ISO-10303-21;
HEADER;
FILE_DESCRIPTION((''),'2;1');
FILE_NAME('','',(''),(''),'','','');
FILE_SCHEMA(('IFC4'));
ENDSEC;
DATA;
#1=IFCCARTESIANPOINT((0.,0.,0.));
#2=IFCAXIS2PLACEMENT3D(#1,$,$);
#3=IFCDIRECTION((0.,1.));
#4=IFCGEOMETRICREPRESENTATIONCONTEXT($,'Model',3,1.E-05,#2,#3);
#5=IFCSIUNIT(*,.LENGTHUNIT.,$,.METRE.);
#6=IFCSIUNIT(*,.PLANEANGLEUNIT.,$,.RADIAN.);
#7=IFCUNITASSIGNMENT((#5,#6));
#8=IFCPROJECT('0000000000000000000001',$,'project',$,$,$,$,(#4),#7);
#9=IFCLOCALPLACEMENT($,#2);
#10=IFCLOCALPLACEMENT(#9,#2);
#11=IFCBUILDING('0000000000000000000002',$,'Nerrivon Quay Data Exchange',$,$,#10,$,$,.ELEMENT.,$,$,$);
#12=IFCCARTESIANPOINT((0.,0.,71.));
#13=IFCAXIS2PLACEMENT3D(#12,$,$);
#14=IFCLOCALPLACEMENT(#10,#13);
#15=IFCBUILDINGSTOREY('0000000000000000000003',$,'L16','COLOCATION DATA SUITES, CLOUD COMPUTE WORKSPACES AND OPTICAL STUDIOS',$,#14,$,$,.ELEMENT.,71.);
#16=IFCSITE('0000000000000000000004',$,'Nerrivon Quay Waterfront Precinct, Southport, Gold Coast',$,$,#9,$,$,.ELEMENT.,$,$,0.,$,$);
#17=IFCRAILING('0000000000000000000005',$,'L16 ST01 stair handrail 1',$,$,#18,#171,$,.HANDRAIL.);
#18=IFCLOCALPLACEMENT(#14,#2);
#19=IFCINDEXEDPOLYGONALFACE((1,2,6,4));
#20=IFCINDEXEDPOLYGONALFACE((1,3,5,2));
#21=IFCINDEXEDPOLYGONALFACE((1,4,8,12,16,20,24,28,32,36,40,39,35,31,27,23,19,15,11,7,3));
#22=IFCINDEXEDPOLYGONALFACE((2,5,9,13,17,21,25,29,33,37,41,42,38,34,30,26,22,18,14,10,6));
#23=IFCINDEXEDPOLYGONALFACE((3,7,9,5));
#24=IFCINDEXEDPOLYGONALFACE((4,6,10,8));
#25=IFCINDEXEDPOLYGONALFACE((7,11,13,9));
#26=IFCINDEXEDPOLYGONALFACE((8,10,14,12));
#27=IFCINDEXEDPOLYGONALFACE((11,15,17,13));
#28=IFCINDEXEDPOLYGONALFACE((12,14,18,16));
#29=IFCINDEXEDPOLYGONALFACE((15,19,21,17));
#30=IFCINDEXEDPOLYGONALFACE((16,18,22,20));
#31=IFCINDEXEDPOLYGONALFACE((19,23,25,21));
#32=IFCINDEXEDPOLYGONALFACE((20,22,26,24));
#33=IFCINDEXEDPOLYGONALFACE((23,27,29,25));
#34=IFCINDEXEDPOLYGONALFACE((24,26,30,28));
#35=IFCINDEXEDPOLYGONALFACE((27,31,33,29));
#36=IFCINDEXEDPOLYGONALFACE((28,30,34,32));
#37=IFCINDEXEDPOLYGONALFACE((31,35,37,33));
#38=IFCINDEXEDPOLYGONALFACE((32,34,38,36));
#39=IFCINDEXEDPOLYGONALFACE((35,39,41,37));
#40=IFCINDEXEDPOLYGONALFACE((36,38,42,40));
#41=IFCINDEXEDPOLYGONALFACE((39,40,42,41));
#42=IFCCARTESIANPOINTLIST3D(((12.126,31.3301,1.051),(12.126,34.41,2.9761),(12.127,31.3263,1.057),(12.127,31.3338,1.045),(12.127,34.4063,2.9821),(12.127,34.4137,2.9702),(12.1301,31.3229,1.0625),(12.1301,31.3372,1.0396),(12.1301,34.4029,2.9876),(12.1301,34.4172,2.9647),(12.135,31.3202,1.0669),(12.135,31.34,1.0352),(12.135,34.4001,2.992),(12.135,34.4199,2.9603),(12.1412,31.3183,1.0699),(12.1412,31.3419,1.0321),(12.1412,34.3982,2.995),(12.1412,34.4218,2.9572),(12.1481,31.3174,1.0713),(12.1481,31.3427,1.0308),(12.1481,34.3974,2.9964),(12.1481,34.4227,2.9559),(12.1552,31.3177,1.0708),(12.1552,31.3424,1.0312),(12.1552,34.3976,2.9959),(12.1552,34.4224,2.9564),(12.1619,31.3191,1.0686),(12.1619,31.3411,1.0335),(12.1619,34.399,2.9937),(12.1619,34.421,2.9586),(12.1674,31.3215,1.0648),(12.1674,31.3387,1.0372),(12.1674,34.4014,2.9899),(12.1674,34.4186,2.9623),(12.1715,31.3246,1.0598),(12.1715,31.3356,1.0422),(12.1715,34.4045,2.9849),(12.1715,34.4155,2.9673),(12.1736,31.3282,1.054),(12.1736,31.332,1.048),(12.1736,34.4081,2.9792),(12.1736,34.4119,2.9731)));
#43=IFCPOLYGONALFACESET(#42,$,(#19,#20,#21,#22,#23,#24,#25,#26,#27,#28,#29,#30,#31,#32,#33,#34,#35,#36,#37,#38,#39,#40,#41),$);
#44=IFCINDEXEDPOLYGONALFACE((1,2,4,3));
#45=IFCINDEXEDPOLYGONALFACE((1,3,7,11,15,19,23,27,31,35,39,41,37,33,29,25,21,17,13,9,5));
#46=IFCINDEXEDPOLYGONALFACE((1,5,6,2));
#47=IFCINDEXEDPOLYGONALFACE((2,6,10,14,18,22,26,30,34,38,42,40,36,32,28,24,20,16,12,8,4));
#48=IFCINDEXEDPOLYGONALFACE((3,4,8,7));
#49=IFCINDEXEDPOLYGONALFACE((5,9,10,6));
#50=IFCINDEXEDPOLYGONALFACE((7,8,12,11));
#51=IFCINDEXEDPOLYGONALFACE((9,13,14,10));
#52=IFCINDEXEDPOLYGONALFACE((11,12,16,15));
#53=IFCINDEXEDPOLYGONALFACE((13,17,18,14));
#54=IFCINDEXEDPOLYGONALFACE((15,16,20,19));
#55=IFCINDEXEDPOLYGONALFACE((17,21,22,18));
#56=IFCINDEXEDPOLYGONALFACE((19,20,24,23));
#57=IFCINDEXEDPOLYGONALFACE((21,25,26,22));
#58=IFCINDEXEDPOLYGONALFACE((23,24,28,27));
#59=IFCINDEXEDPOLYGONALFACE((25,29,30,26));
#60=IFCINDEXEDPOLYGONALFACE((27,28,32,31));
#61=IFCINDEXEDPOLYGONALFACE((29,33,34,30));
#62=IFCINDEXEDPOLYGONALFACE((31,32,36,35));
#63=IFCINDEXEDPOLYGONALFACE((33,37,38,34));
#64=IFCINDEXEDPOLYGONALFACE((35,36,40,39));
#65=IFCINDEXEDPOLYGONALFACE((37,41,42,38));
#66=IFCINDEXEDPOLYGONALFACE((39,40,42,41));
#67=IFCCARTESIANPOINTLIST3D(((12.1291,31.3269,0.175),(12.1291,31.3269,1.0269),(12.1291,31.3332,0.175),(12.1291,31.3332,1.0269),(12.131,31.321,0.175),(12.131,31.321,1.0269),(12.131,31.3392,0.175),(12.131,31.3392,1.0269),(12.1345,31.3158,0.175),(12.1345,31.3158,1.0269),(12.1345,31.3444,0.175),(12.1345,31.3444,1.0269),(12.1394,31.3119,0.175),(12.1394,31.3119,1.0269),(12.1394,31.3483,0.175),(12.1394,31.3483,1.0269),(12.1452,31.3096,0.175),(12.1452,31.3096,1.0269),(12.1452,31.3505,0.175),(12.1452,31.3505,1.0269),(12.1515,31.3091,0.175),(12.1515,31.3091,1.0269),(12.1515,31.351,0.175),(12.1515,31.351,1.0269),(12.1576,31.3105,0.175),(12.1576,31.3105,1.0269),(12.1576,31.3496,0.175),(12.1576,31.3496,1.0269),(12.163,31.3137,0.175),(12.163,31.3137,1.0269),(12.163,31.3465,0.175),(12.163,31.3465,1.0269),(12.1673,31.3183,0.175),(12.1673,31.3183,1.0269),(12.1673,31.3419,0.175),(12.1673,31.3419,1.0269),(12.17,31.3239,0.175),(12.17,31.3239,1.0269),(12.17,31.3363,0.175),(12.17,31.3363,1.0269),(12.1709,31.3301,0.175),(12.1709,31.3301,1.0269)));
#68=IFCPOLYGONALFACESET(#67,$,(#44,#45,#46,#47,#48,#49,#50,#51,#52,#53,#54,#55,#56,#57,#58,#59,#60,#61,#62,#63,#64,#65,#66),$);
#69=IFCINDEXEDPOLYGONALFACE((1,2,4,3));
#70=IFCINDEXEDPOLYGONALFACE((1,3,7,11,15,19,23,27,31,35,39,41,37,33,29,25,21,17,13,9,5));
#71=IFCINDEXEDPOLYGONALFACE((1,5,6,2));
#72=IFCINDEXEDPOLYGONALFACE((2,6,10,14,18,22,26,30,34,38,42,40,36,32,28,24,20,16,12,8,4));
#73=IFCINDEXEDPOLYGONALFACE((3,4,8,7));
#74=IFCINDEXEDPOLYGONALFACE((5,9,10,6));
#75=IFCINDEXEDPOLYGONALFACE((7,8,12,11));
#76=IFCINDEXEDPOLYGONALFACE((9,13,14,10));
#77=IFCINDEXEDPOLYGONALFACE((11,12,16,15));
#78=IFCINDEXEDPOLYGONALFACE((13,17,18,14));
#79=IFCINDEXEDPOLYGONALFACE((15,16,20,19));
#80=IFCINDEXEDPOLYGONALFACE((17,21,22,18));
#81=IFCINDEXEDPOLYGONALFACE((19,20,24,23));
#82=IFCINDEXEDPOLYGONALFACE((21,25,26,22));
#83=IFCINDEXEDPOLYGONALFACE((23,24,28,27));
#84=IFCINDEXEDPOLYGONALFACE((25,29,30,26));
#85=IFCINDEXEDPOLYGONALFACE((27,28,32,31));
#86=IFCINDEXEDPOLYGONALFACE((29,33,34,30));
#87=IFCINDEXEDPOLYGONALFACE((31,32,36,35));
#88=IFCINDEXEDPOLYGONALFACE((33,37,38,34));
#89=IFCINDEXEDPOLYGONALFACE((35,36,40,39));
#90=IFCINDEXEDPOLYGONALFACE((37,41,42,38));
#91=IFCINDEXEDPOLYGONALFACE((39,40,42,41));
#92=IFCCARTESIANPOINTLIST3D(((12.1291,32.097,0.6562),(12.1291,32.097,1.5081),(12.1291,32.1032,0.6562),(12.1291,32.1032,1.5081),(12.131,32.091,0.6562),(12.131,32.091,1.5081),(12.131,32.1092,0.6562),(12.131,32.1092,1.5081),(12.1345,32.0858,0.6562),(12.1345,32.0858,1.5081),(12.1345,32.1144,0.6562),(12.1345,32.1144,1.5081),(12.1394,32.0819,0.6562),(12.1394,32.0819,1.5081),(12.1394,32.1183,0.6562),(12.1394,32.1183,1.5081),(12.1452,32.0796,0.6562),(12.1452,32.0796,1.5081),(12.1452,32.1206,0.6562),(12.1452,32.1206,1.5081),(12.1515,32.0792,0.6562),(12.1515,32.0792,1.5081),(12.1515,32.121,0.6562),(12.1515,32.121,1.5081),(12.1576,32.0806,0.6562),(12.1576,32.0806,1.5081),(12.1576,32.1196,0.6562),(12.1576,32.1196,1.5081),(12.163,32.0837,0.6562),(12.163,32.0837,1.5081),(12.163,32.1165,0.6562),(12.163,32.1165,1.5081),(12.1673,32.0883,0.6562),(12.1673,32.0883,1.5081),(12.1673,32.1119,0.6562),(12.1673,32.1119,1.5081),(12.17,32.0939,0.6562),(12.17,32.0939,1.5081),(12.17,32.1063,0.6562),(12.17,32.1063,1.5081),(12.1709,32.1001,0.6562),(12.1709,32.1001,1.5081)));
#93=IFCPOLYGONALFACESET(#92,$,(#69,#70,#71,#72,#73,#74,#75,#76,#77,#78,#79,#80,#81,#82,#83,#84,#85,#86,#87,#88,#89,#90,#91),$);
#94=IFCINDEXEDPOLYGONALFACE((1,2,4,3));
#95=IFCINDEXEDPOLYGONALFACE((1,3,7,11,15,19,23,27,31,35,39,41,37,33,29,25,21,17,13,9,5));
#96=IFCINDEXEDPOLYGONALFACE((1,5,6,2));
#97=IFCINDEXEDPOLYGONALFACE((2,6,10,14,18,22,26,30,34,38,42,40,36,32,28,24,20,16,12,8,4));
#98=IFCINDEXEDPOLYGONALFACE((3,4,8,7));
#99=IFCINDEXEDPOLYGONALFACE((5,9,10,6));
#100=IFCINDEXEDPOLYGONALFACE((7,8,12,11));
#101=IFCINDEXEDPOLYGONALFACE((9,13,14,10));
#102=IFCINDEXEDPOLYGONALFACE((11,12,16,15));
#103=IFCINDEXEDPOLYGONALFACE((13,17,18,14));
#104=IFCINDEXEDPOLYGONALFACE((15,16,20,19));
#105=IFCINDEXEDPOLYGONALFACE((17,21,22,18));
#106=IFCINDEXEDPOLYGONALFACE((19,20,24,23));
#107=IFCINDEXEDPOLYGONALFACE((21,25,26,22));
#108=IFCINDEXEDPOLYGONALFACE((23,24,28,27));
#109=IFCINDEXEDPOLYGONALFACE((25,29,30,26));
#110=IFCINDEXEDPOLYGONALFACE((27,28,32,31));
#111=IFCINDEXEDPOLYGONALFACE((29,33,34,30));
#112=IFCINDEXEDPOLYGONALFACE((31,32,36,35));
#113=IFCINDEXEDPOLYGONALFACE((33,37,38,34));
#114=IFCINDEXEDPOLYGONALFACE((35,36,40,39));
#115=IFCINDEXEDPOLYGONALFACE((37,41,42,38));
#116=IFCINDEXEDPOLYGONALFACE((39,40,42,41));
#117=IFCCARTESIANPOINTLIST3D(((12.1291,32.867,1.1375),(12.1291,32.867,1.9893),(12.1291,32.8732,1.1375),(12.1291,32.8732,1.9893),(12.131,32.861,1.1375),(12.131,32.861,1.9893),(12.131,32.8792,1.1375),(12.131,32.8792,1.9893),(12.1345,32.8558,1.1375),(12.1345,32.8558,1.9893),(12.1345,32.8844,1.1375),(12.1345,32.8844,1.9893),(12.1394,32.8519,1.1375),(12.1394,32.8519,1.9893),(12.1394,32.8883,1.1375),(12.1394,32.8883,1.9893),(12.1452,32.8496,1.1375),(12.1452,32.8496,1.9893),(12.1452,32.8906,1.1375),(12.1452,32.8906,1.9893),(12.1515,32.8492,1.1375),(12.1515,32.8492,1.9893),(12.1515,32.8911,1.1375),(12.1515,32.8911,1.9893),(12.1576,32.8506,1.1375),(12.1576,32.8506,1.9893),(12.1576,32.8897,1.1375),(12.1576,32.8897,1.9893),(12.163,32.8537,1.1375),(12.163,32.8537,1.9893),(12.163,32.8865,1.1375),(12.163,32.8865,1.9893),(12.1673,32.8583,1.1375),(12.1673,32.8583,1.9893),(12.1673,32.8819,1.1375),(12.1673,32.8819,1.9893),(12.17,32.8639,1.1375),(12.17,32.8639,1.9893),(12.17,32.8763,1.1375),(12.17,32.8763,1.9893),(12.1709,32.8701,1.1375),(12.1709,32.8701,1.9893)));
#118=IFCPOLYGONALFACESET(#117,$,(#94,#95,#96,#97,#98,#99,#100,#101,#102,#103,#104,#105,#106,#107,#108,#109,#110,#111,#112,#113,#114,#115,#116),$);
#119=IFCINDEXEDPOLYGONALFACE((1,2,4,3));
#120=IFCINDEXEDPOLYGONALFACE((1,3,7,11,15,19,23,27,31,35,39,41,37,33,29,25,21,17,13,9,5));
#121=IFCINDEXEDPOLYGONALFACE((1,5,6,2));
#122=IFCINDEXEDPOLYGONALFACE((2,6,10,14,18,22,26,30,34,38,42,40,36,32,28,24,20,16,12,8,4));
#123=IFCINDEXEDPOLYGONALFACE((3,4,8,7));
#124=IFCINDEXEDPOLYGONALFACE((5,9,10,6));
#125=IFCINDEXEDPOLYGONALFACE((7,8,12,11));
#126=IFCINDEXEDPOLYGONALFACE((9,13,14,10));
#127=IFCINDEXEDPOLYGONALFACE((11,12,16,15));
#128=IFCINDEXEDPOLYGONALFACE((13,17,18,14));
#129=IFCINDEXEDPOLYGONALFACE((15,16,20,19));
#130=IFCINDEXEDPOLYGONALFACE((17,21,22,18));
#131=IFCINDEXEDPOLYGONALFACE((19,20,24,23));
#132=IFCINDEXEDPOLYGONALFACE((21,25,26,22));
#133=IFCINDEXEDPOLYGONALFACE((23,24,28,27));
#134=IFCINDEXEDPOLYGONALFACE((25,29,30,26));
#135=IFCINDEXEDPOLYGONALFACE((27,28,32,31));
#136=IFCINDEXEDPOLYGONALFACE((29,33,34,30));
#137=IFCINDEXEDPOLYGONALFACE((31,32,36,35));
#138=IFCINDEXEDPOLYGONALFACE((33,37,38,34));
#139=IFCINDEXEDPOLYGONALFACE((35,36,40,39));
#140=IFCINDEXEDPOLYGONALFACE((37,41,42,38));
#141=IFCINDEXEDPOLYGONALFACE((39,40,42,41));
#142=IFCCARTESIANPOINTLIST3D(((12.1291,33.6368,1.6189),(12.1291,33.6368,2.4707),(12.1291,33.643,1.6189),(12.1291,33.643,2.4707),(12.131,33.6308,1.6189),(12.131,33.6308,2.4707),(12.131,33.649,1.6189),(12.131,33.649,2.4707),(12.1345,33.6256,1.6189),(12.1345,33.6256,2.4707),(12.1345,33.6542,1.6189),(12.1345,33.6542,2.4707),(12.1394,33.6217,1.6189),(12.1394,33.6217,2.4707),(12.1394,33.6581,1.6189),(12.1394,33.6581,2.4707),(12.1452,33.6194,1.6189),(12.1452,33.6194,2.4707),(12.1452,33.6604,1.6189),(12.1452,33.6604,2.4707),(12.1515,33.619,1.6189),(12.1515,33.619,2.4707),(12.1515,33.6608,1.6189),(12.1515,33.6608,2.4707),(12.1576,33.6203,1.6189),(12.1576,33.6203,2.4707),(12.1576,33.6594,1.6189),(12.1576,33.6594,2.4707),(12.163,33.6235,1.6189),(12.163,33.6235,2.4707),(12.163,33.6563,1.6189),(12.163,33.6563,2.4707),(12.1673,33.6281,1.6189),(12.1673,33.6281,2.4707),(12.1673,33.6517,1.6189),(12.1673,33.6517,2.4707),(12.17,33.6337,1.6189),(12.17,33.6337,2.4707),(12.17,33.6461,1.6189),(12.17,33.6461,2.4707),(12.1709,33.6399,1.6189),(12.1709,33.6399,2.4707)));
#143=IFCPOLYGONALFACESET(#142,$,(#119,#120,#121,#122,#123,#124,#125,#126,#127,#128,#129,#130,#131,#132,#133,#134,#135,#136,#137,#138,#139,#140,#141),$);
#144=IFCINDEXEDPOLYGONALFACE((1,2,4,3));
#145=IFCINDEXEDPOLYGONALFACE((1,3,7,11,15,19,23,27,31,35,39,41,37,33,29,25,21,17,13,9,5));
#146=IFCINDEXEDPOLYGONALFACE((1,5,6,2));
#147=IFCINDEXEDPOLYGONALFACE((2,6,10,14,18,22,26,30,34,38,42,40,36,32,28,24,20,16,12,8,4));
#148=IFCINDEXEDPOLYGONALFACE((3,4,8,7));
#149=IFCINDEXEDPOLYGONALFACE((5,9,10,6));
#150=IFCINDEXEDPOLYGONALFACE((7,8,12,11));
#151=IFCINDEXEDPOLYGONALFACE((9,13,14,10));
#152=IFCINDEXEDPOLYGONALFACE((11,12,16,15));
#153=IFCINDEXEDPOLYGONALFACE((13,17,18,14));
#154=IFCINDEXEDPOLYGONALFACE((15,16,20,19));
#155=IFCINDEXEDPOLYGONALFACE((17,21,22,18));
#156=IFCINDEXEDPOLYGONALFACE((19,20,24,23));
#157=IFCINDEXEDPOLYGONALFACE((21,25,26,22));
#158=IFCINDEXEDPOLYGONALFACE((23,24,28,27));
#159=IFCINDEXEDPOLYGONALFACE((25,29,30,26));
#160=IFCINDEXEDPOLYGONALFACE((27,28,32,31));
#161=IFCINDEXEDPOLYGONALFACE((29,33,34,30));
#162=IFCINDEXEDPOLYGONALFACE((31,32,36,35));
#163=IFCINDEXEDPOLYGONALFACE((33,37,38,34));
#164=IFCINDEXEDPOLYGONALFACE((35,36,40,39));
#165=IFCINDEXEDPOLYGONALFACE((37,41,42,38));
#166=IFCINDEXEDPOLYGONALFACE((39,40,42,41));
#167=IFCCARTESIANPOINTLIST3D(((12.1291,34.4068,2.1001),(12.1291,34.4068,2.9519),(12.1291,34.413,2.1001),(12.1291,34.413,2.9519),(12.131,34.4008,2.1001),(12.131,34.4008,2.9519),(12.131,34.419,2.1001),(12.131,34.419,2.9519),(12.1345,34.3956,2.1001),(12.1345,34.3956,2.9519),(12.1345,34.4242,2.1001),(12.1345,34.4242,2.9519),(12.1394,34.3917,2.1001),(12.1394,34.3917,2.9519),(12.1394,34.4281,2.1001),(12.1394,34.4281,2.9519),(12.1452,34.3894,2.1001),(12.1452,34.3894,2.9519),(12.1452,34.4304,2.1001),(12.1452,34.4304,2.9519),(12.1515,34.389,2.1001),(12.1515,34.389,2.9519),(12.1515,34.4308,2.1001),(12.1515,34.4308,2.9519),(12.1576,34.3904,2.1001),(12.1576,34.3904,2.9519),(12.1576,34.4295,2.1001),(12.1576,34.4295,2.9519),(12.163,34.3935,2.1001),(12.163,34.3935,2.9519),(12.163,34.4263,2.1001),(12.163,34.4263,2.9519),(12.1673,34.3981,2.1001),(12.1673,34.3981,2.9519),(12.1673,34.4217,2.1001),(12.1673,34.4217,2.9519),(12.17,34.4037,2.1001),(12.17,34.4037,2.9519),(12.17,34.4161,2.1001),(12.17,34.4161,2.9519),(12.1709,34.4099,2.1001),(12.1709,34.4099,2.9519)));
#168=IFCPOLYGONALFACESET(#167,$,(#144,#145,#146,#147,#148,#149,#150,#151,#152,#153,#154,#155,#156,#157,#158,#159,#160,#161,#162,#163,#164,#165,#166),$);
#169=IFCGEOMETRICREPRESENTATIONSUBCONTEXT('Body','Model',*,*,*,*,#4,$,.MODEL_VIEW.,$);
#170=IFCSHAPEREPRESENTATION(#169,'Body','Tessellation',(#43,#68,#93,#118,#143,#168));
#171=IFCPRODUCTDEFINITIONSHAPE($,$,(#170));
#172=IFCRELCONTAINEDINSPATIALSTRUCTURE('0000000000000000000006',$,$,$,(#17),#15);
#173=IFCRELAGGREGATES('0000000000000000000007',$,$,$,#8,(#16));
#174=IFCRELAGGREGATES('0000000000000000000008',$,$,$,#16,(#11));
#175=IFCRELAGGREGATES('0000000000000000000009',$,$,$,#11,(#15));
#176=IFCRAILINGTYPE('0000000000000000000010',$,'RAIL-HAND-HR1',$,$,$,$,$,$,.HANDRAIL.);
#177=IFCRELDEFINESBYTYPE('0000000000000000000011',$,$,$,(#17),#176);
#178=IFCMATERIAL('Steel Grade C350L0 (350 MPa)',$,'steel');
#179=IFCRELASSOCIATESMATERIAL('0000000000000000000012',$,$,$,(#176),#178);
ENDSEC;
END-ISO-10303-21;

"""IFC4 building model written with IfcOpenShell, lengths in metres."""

from ifc_helpers import new_model, si_unit, direction, frame, origin, origin_2d, place, context, subcontext, project, spatial, circle, extrude, material, type_object, element, save


model = new_model("IFC4")

# Units and contexts
model_context = context("Model", 3, precision=1e-05, world=origin(), true_north=direction((0.0, 1.0)))
body_context = subcontext(model_context, "Body", "Model", "MODEL_VIEW")
ifc_project = project(units=[si_unit("LENGTHUNIT", "METRE"), si_unit("PLANEANGLEUNIT", "RADIAN")], contexts=[model_context])

# Site, building, storey
site_placement = place(None, origin())
site = spatial("IfcSite", under=ifc_project, at=site_placement, Name="Nerrivon Quay Waterfront Precinct, Southport, Gold Coast", CompositionType="ELEMENT", RefElevation=0.0)
building_placement = place(site_placement, origin())
building = spatial("IfcBuilding", under=site, at=building_placement, Name="Nerrivon Quay Data Exchange", CompositionType="ELEMENT")
storey_placement = place(building_placement, frame((0.0, 0.0, 71.0)))
storey = spatial("IfcBuildingStorey", under=building, at=storey_placement, Name="L16", Description="COLOCATION DATA SUITES, CLOUD COMPUTE WORKSPACES AND OPTICAL STUDIOS", CompositionType="ELEMENT", Elevation=71.0)

# Railing
ifc_material_1 = material(Name="Steel Grade C350L0 (350 MPa)", Category="steel")
railing_type_1 = type_object("IfcRailingType", Name="RAIL-HAND-HR1", PredefinedType="HANDRAIL", material=ifc_material_1)
railing_1_placement = place(storey_placement, frame((12.1499, 31.3301, 0.175)))
element("IfcRailing", 1, at=railing_1_placement, inside=storey, type_object=railing_type_1, Name="L16 ST01 stair handrail 1", PredefinedType="HANDRAIL", context=body_context, shape_type="SweptSolid", body=[
    extrude(circle(Radius=0.0239, at=origin_2d()), frame((0.0, 0.0, 0.876), z_axis=(0.0, 0.847979, 0.530029), x_axis=(-1.0, 0.0, 0.0)), (0.0, 0.0, 1.0), 3.6321),
    extrude(circle(Radius=0.021, at=origin_2d()), origin(), (0.0, 0.0, 1.0), 0.8518),
    extrude(circle(Radius=0.021, at=origin_2d()), frame((0.0, 0.77, 0.4812)), (0.0, 0.0, 1.0), 0.8518),
    extrude(circle(Radius=0.021, at=origin_2d()), frame((0.0, 1.54, 0.9624)), (0.0, 0.0, 1.0), 0.8518),
    extrude(circle(Radius=0.021, at=origin_2d()), frame((0.0, 2.3098, 1.4438)), (0.0, 0.0, 1.0), 0.8518),
    extrude(circle(Radius=0.021, at=origin_2d()), frame((0.0, 3.0798, 1.925)), (0.0, 0.0, 1.0), 0.8518),
])

save(model, "model.ifc")
